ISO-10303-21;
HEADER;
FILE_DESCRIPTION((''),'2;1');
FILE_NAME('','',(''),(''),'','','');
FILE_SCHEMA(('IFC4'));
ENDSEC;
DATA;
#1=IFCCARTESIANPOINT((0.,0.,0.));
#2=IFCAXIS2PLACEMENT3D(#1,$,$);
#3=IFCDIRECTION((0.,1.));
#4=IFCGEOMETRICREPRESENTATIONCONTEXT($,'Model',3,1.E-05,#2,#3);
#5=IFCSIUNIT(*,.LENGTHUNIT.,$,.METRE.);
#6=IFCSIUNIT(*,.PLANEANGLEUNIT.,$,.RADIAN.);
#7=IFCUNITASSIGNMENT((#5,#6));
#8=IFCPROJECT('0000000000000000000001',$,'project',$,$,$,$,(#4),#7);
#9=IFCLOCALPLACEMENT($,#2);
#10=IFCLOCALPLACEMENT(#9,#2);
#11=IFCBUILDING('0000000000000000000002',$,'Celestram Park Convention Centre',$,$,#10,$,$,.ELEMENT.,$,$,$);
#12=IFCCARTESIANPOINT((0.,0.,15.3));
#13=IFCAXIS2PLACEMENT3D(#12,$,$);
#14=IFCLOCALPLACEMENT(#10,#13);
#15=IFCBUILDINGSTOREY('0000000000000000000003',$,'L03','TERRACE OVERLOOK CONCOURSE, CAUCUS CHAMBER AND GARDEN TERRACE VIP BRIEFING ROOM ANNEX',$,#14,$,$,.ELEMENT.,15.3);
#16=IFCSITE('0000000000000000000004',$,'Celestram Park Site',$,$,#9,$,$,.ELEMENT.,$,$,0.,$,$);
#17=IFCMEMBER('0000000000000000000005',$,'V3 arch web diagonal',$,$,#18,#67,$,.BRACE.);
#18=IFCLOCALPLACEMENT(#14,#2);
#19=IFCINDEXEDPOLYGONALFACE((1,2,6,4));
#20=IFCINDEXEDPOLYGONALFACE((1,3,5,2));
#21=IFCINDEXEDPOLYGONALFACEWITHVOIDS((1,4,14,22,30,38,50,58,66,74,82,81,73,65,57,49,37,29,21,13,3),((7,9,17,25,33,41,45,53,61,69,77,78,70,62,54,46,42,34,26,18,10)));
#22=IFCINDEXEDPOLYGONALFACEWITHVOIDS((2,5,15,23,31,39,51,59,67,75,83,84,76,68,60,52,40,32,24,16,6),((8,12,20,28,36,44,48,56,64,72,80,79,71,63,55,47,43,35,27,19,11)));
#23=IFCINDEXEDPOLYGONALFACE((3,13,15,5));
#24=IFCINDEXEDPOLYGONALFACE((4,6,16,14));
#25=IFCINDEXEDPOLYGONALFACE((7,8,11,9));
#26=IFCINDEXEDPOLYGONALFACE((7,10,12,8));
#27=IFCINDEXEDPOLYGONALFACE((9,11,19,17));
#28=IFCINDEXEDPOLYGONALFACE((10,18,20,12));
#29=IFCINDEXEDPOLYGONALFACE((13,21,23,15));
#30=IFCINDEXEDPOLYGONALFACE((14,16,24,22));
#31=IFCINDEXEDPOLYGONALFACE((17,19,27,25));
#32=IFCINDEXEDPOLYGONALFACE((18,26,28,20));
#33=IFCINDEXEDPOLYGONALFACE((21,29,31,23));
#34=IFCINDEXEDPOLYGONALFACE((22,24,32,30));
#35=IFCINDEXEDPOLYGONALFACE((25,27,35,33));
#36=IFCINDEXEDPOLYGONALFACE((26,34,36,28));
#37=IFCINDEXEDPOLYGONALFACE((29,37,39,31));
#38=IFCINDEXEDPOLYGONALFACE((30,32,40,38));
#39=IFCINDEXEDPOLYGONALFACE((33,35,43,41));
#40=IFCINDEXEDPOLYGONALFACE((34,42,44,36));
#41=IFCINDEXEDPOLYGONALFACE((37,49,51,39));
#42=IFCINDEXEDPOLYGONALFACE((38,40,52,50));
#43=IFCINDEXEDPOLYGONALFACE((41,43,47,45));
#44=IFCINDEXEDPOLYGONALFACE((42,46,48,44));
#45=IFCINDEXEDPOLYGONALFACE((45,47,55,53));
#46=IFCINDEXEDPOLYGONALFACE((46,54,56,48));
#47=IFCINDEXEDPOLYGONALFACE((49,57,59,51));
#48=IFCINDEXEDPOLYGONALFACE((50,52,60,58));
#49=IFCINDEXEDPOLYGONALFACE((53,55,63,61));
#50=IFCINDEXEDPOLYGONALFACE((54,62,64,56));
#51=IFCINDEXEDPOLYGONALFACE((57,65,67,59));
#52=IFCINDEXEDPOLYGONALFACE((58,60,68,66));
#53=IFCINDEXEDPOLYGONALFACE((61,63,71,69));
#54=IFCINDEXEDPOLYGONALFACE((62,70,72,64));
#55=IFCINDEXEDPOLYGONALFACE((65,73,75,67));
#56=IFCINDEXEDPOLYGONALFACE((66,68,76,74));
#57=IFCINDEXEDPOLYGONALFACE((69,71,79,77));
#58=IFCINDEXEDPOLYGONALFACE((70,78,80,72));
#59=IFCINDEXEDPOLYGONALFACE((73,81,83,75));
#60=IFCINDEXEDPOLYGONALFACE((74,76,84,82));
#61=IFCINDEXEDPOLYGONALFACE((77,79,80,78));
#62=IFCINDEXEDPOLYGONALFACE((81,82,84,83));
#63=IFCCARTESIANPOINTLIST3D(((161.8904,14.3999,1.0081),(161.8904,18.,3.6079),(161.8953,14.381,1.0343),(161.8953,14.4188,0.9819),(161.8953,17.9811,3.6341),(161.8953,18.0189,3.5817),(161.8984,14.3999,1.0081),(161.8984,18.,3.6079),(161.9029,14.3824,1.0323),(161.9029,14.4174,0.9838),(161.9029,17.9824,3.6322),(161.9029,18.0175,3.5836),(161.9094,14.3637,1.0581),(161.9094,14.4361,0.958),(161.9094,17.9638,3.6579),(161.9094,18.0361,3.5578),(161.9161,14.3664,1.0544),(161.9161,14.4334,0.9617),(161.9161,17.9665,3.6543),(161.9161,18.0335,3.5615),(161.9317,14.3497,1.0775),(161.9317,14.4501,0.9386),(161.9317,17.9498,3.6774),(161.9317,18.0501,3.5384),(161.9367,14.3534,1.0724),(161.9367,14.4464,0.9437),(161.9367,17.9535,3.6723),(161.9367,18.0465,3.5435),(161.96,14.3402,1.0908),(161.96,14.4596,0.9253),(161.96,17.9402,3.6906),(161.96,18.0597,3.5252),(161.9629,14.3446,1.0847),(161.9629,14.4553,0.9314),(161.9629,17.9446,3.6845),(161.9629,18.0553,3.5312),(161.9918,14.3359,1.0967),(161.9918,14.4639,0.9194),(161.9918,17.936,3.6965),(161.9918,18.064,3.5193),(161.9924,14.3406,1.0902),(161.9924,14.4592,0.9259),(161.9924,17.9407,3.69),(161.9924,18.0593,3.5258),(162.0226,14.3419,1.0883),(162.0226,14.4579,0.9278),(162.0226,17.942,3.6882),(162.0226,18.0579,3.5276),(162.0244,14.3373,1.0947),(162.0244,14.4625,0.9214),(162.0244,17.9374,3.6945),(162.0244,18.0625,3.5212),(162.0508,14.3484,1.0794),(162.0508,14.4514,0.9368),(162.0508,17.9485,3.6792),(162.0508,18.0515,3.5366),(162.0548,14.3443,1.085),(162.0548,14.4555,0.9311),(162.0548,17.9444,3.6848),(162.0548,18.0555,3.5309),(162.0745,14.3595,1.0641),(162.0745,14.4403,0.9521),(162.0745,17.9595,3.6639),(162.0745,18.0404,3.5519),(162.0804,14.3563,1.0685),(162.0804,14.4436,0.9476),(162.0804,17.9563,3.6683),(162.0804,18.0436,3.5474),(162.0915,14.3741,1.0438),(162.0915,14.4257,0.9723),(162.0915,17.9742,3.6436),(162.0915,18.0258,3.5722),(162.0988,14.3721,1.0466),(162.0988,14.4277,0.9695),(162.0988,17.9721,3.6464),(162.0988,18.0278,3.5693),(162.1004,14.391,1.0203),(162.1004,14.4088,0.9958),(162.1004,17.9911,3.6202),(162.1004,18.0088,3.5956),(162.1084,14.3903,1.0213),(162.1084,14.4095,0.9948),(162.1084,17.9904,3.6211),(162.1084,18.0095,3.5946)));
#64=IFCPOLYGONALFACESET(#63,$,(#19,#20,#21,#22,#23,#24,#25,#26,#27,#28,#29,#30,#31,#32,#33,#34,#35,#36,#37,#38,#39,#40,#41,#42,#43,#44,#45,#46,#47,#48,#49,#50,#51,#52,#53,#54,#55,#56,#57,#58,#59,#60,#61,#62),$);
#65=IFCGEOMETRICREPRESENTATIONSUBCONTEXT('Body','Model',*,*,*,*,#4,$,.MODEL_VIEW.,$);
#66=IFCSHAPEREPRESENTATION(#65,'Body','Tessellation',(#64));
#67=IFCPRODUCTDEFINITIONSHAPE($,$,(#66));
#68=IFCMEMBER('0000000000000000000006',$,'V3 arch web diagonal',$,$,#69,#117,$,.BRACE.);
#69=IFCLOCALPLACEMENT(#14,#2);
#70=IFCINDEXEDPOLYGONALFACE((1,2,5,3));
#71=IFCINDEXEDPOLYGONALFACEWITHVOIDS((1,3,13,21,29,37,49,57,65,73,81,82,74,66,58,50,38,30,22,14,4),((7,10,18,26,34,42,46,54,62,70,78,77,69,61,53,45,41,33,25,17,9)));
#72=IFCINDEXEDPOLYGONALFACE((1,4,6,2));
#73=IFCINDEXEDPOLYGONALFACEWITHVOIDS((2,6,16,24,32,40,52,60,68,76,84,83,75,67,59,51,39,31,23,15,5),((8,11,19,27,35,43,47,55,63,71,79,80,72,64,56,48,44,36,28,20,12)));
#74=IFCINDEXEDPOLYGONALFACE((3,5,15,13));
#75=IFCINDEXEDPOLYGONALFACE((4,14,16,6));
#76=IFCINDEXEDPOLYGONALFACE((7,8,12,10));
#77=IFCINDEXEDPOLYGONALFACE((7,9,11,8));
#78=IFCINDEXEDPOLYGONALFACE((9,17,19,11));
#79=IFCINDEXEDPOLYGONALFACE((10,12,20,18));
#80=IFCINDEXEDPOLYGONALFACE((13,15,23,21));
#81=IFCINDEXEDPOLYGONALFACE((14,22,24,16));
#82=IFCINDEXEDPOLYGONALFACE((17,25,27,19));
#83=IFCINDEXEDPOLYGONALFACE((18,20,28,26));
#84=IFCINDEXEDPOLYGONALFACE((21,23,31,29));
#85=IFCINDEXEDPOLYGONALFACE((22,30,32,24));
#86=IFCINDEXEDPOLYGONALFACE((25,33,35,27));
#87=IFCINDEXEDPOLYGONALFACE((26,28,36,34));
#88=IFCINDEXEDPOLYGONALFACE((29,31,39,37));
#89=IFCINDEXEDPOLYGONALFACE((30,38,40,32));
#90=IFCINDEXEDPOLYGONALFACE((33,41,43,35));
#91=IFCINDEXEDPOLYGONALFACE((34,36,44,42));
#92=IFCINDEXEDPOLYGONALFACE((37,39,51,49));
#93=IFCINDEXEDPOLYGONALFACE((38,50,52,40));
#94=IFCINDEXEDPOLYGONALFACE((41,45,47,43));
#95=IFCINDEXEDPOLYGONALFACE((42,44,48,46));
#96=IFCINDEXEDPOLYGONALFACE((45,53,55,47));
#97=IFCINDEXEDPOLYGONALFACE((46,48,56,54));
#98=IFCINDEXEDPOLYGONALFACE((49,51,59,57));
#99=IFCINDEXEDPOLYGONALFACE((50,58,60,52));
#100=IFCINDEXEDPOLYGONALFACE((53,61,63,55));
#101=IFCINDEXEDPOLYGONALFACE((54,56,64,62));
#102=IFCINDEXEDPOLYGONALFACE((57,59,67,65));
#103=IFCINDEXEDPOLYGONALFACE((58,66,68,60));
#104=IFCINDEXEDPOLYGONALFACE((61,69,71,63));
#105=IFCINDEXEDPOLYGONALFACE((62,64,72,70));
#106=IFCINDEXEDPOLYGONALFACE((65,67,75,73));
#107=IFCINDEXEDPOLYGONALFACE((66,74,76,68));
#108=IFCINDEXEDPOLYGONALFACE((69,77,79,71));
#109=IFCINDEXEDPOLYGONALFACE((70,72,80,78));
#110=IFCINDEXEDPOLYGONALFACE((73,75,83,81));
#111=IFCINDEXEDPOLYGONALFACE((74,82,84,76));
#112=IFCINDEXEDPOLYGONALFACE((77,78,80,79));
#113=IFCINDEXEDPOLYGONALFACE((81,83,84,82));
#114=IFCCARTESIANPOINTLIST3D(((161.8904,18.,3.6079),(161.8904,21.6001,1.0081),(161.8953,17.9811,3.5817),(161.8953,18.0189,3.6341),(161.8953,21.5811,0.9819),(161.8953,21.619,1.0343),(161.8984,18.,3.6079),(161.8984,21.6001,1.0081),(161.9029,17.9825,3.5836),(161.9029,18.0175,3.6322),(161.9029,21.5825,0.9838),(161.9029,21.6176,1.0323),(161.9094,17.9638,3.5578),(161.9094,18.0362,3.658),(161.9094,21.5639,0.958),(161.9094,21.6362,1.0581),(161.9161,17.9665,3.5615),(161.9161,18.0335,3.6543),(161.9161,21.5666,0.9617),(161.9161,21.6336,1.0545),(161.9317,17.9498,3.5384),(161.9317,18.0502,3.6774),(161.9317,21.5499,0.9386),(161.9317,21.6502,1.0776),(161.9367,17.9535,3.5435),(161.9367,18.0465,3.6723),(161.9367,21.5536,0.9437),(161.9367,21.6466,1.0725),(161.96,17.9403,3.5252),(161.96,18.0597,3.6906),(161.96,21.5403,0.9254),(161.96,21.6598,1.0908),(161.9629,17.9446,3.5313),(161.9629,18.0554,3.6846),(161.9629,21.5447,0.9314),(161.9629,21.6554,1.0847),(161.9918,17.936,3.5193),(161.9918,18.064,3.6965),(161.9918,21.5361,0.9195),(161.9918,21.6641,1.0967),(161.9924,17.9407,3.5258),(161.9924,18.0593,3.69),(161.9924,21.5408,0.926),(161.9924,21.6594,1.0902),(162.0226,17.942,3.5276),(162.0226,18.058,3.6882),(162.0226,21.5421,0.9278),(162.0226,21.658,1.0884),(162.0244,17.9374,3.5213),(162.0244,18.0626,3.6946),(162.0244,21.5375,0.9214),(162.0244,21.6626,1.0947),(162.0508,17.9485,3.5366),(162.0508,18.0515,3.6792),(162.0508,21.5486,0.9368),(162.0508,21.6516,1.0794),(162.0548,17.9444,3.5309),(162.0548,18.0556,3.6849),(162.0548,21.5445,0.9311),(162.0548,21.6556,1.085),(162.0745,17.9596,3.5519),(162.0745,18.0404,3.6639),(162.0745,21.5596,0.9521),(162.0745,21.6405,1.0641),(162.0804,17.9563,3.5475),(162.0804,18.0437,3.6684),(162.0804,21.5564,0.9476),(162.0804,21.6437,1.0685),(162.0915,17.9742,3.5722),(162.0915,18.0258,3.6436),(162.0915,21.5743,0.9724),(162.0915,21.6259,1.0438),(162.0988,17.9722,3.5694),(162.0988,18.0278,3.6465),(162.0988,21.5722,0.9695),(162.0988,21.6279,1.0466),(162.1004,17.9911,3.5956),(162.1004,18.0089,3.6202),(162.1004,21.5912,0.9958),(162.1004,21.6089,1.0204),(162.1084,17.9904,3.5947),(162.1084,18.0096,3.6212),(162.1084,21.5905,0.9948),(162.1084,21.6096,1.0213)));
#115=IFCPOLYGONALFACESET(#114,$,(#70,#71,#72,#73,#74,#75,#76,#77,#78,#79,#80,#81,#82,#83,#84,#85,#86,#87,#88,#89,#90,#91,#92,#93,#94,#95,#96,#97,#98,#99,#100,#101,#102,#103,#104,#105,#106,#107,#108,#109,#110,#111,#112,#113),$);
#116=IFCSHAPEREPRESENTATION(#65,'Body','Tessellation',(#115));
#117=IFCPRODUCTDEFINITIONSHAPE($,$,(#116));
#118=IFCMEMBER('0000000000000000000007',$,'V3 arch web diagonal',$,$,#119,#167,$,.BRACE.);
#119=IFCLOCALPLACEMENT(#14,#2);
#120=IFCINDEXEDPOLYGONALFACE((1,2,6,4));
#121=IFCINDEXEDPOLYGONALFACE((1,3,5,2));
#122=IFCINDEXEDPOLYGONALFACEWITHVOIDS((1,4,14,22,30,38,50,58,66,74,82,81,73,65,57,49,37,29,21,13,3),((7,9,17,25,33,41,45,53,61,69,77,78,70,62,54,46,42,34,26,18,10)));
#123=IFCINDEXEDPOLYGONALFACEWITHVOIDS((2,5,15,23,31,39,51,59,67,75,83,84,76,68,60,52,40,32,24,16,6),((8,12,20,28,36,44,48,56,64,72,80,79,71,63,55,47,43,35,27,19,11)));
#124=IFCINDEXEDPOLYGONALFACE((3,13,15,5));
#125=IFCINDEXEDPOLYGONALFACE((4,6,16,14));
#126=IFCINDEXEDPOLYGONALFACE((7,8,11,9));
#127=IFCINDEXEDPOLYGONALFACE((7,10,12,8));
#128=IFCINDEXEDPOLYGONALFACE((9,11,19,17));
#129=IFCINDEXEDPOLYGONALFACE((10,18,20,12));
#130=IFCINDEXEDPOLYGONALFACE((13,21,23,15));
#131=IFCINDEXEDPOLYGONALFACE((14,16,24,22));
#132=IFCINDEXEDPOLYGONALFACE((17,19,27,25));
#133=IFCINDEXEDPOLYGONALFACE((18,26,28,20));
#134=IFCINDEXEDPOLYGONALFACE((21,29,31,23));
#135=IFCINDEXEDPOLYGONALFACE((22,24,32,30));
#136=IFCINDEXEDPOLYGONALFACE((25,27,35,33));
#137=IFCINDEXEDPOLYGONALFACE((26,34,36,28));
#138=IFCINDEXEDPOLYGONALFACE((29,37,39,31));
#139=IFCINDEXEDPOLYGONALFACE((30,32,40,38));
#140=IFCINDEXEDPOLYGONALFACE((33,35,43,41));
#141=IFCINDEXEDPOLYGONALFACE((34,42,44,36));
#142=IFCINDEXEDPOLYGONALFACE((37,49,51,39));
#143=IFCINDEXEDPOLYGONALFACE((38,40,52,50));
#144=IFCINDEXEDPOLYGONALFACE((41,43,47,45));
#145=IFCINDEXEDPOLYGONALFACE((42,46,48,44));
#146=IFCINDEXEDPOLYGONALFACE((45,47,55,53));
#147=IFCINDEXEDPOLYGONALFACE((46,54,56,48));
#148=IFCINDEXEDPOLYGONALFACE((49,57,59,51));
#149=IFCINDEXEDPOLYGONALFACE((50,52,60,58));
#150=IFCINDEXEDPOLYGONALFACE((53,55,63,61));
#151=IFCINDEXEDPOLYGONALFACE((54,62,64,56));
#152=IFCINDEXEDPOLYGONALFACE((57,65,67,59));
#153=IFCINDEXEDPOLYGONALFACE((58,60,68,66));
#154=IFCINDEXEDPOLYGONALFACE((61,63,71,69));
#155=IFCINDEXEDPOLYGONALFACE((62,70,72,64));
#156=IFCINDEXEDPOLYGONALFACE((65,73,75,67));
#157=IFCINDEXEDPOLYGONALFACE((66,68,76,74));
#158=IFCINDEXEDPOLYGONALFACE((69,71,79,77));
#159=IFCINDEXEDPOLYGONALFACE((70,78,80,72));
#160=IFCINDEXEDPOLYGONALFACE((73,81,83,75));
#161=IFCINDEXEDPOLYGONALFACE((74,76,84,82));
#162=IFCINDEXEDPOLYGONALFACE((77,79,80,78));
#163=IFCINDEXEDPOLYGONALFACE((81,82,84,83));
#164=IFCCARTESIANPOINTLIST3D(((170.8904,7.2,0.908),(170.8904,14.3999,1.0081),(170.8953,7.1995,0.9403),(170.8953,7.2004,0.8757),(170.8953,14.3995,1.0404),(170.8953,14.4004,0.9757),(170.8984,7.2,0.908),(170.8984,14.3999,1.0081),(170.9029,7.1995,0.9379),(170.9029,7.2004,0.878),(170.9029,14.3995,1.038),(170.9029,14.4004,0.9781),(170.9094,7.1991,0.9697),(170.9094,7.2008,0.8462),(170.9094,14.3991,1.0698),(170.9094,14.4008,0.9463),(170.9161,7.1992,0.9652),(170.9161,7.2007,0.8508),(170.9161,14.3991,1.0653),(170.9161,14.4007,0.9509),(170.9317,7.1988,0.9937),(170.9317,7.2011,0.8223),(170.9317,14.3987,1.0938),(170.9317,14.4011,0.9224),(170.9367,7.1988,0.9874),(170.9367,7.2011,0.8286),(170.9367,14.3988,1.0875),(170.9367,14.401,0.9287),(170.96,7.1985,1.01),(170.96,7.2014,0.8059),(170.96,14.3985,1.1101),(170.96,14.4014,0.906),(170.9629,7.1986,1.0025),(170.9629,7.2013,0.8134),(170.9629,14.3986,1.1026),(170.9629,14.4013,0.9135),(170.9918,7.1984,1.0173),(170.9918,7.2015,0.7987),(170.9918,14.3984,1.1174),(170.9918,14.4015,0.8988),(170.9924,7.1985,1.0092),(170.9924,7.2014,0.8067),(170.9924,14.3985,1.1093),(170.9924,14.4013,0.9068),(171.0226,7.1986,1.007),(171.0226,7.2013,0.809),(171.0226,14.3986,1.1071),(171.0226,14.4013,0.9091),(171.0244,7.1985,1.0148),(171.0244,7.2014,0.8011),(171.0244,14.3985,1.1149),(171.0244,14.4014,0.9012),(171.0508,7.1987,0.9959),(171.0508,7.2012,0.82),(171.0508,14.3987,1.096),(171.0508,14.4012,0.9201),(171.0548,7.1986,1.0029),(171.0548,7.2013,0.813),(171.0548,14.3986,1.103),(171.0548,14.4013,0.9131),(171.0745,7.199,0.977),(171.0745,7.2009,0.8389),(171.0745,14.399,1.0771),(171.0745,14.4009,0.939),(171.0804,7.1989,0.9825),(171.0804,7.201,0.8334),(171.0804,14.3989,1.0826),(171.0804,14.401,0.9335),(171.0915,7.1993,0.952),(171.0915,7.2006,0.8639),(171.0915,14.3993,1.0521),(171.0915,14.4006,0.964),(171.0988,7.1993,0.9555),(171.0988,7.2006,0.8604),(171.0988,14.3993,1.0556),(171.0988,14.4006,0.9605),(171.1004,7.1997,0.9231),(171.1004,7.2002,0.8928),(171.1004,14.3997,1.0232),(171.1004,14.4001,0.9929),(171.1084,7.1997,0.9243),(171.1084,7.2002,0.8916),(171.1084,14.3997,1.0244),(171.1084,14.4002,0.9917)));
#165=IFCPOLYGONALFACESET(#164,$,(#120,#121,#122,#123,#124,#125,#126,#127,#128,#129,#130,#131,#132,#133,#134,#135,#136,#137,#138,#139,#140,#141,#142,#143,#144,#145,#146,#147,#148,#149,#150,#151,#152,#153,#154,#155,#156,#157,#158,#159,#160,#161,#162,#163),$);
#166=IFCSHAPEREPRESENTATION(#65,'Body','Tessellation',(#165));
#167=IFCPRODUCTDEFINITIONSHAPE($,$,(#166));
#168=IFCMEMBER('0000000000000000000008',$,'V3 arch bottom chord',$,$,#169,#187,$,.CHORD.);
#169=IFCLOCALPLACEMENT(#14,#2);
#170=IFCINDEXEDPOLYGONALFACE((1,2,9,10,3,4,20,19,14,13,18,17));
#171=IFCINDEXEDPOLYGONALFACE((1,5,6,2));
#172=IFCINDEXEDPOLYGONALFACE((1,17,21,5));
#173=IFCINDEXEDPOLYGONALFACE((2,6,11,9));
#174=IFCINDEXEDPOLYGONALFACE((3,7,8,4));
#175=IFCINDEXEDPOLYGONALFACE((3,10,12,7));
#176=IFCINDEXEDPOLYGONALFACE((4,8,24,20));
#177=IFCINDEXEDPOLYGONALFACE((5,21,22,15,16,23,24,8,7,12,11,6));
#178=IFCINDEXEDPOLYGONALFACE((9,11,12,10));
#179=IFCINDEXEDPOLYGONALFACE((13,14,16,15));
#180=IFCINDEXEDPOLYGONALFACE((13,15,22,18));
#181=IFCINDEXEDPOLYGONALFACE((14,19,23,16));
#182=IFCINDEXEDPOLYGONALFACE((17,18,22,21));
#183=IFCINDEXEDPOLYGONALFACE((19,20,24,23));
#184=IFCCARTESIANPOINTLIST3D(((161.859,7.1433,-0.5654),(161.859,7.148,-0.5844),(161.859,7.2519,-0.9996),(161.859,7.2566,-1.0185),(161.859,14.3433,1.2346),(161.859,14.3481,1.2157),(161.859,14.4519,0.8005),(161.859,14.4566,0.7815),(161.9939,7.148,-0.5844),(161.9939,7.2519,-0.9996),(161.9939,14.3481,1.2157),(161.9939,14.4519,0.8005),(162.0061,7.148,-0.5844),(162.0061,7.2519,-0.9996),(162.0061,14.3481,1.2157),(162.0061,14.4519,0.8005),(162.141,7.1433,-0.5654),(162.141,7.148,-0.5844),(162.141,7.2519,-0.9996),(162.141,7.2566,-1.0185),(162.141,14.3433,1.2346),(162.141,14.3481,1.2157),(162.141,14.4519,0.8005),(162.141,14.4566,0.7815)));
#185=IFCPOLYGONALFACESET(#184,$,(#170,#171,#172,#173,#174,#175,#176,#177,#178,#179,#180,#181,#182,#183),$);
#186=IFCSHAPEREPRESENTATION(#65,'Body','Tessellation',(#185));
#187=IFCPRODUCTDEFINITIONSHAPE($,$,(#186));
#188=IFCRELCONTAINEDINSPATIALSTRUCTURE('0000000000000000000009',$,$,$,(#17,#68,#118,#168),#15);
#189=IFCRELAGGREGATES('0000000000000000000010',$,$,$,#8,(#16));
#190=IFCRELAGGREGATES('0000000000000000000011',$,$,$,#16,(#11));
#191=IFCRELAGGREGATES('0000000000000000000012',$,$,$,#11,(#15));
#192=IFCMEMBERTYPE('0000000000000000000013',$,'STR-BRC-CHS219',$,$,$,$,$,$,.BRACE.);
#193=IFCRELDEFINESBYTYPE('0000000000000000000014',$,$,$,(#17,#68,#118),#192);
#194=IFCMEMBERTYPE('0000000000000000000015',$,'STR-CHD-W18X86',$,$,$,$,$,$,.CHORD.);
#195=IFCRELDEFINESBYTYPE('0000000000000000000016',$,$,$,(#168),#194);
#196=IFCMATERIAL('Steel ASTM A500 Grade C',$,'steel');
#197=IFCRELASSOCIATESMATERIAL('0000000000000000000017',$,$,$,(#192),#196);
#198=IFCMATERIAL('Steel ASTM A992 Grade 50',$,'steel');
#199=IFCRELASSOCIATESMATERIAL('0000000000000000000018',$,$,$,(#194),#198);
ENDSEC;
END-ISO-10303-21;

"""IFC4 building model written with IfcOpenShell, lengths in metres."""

from ifc_helpers import new_model, si_unit, direction, frame, origin, origin_2d, place, context, subcontext, project, spatial, hollow_circle, i_section, extrude, material, material_profile, profile_set, type_object, element, save


model = new_model("IFC4")

# Units and contexts
model_context = context("Model", 3, precision=1e-05, world=origin(), true_north=direction((0.0, 1.0)))
body_context = subcontext(model_context, "Body", "Model", "MODEL_VIEW")
ifc_project = project(units=[si_unit("LENGTHUNIT", "METRE"), si_unit("PLANEANGLEUNIT", "RADIAN")], contexts=[model_context])

# Site, building, storey
site_placement = place(None, origin())
site = spatial("IfcSite", under=ifc_project, at=site_placement, Name="Celestram Park Site", CompositionType="ELEMENT", RefElevation=0.0)
building_placement = place(site_placement, origin())
building = spatial("IfcBuilding", under=site, at=building_placement, Name="Celestram Park Convention Centre", CompositionType="ELEMENT")
storey_placement = place(building_placement, frame((0.0, 0.0, 15.3)))
storey = spatial("IfcBuildingStorey", under=building, at=storey_placement, Name="L03", Description="TERRACE OVERLOOK CONCOURSE, CAUCUS CHAMBER AND GARDEN TERRACE VIP BRIEFING ROOM ANNEX", CompositionType="ELEMENT", Elevation=15.3)

# Shared definitions
ifc_material_1 = material(Name="Steel ASTM A992 Grade 50", Category="steel")

# Members
ifc_material_2 = material(Name="Steel ASTM A500 Grade C", Category="steel")
ifc_material_profile_1 = material_profile(ifc_material_2, hollow_circle(Radius=0.1096, WallThickness=0.0081, at=origin_2d()), Name="CHS219X8")
ifc_profile_set_1 = profile_set([ifc_material_profile_1], Name="Steel ASTM A500 Grade C")
member_type_1 = type_object("IfcMemberType", Name="STR-BRC-CHS219", PredefinedType="BRACE", material=ifc_profile_set_1)
for number, where, z_axis, x_axis, name in (
    (1, (162.0, 14.3999, 1.0081), (0.0, 0.810702, 0.585458), (-1.0, 0.0, 0.0), "V3 arch web diagonal"),
    (2, (162.0, 18.0, 3.6079), (0.0, 0.810702, -0.585458), (-1.0, 0.0, 0.0), "V3 arch web diagonal"),
):
    element("IfcMember", number, at=place(storey_placement, frame(where, z_axis=z_axis, x_axis=x_axis)), inside=storey, type_object=member_type_1, Name=name, PredefinedType="BRACE", context=body_context, shape_type="SweptSolid", body=[
        extrude(hollow_circle(Radius=0.1096, WallThickness=0.0081, at=origin_2d()), origin(), (0.0, 0.0, 1.0), 4.4407),
    ])
member_1_placement = place(storey_placement, frame((171.0, 7.2, 0.908), z_axis=(0.0, 0.999903, 0.013901), x_axis=(-1.0, 0.0, 0.0)))
element("IfcMember", 3, at=member_1_placement, inside=storey, type_object=member_type_1, Name="V3 arch web diagonal", PredefinedType="BRACE", context=body_context, shape_type="SweptSolid", body=[
    extrude(hollow_circle(Radius=0.1096, WallThickness=0.0081, at=origin_2d()), origin(), (0.0, 0.0, 1.0), 7.2007),
])
ifc_material_profile_2 = material_profile(ifc_material_1, i_section(OverallWidth=0.282, OverallDepth=0.467, WebThickness=0.0122, FlangeThickness=0.0195, at=origin_2d()), Name="W18X86")
ifc_profile_set_2 = profile_set([ifc_material_profile_2], Name="Steel ASTM A992 Grade 50")
member_type_2 = type_object("IfcMemberType", Name="STR-CHD-W18X86", PredefinedType="CHORD", material=ifc_profile_set_2)
member_2_placement = place(storey_placement, frame((162.0, 7.2, -0.792), z_axis=(0.0, 0.970141, 0.242543), x_axis=(-1.0, 0.0, 0.0)))
element("IfcMember", 4, at=member_2_placement, inside=storey, type_object=member_type_2, Name="V3 arch bottom chord", PredefinedType="CHORD", context=body_context, shape_type="SweptSolid", body=[
    extrude(i_section(OverallWidth=0.282, OverallDepth=0.467, WebThickness=0.0122, FlangeThickness=0.0195, at=origin_2d()), origin(), (0.0, 0.0, 1.0), 7.4216),
])

save(model, "model.ifc")
